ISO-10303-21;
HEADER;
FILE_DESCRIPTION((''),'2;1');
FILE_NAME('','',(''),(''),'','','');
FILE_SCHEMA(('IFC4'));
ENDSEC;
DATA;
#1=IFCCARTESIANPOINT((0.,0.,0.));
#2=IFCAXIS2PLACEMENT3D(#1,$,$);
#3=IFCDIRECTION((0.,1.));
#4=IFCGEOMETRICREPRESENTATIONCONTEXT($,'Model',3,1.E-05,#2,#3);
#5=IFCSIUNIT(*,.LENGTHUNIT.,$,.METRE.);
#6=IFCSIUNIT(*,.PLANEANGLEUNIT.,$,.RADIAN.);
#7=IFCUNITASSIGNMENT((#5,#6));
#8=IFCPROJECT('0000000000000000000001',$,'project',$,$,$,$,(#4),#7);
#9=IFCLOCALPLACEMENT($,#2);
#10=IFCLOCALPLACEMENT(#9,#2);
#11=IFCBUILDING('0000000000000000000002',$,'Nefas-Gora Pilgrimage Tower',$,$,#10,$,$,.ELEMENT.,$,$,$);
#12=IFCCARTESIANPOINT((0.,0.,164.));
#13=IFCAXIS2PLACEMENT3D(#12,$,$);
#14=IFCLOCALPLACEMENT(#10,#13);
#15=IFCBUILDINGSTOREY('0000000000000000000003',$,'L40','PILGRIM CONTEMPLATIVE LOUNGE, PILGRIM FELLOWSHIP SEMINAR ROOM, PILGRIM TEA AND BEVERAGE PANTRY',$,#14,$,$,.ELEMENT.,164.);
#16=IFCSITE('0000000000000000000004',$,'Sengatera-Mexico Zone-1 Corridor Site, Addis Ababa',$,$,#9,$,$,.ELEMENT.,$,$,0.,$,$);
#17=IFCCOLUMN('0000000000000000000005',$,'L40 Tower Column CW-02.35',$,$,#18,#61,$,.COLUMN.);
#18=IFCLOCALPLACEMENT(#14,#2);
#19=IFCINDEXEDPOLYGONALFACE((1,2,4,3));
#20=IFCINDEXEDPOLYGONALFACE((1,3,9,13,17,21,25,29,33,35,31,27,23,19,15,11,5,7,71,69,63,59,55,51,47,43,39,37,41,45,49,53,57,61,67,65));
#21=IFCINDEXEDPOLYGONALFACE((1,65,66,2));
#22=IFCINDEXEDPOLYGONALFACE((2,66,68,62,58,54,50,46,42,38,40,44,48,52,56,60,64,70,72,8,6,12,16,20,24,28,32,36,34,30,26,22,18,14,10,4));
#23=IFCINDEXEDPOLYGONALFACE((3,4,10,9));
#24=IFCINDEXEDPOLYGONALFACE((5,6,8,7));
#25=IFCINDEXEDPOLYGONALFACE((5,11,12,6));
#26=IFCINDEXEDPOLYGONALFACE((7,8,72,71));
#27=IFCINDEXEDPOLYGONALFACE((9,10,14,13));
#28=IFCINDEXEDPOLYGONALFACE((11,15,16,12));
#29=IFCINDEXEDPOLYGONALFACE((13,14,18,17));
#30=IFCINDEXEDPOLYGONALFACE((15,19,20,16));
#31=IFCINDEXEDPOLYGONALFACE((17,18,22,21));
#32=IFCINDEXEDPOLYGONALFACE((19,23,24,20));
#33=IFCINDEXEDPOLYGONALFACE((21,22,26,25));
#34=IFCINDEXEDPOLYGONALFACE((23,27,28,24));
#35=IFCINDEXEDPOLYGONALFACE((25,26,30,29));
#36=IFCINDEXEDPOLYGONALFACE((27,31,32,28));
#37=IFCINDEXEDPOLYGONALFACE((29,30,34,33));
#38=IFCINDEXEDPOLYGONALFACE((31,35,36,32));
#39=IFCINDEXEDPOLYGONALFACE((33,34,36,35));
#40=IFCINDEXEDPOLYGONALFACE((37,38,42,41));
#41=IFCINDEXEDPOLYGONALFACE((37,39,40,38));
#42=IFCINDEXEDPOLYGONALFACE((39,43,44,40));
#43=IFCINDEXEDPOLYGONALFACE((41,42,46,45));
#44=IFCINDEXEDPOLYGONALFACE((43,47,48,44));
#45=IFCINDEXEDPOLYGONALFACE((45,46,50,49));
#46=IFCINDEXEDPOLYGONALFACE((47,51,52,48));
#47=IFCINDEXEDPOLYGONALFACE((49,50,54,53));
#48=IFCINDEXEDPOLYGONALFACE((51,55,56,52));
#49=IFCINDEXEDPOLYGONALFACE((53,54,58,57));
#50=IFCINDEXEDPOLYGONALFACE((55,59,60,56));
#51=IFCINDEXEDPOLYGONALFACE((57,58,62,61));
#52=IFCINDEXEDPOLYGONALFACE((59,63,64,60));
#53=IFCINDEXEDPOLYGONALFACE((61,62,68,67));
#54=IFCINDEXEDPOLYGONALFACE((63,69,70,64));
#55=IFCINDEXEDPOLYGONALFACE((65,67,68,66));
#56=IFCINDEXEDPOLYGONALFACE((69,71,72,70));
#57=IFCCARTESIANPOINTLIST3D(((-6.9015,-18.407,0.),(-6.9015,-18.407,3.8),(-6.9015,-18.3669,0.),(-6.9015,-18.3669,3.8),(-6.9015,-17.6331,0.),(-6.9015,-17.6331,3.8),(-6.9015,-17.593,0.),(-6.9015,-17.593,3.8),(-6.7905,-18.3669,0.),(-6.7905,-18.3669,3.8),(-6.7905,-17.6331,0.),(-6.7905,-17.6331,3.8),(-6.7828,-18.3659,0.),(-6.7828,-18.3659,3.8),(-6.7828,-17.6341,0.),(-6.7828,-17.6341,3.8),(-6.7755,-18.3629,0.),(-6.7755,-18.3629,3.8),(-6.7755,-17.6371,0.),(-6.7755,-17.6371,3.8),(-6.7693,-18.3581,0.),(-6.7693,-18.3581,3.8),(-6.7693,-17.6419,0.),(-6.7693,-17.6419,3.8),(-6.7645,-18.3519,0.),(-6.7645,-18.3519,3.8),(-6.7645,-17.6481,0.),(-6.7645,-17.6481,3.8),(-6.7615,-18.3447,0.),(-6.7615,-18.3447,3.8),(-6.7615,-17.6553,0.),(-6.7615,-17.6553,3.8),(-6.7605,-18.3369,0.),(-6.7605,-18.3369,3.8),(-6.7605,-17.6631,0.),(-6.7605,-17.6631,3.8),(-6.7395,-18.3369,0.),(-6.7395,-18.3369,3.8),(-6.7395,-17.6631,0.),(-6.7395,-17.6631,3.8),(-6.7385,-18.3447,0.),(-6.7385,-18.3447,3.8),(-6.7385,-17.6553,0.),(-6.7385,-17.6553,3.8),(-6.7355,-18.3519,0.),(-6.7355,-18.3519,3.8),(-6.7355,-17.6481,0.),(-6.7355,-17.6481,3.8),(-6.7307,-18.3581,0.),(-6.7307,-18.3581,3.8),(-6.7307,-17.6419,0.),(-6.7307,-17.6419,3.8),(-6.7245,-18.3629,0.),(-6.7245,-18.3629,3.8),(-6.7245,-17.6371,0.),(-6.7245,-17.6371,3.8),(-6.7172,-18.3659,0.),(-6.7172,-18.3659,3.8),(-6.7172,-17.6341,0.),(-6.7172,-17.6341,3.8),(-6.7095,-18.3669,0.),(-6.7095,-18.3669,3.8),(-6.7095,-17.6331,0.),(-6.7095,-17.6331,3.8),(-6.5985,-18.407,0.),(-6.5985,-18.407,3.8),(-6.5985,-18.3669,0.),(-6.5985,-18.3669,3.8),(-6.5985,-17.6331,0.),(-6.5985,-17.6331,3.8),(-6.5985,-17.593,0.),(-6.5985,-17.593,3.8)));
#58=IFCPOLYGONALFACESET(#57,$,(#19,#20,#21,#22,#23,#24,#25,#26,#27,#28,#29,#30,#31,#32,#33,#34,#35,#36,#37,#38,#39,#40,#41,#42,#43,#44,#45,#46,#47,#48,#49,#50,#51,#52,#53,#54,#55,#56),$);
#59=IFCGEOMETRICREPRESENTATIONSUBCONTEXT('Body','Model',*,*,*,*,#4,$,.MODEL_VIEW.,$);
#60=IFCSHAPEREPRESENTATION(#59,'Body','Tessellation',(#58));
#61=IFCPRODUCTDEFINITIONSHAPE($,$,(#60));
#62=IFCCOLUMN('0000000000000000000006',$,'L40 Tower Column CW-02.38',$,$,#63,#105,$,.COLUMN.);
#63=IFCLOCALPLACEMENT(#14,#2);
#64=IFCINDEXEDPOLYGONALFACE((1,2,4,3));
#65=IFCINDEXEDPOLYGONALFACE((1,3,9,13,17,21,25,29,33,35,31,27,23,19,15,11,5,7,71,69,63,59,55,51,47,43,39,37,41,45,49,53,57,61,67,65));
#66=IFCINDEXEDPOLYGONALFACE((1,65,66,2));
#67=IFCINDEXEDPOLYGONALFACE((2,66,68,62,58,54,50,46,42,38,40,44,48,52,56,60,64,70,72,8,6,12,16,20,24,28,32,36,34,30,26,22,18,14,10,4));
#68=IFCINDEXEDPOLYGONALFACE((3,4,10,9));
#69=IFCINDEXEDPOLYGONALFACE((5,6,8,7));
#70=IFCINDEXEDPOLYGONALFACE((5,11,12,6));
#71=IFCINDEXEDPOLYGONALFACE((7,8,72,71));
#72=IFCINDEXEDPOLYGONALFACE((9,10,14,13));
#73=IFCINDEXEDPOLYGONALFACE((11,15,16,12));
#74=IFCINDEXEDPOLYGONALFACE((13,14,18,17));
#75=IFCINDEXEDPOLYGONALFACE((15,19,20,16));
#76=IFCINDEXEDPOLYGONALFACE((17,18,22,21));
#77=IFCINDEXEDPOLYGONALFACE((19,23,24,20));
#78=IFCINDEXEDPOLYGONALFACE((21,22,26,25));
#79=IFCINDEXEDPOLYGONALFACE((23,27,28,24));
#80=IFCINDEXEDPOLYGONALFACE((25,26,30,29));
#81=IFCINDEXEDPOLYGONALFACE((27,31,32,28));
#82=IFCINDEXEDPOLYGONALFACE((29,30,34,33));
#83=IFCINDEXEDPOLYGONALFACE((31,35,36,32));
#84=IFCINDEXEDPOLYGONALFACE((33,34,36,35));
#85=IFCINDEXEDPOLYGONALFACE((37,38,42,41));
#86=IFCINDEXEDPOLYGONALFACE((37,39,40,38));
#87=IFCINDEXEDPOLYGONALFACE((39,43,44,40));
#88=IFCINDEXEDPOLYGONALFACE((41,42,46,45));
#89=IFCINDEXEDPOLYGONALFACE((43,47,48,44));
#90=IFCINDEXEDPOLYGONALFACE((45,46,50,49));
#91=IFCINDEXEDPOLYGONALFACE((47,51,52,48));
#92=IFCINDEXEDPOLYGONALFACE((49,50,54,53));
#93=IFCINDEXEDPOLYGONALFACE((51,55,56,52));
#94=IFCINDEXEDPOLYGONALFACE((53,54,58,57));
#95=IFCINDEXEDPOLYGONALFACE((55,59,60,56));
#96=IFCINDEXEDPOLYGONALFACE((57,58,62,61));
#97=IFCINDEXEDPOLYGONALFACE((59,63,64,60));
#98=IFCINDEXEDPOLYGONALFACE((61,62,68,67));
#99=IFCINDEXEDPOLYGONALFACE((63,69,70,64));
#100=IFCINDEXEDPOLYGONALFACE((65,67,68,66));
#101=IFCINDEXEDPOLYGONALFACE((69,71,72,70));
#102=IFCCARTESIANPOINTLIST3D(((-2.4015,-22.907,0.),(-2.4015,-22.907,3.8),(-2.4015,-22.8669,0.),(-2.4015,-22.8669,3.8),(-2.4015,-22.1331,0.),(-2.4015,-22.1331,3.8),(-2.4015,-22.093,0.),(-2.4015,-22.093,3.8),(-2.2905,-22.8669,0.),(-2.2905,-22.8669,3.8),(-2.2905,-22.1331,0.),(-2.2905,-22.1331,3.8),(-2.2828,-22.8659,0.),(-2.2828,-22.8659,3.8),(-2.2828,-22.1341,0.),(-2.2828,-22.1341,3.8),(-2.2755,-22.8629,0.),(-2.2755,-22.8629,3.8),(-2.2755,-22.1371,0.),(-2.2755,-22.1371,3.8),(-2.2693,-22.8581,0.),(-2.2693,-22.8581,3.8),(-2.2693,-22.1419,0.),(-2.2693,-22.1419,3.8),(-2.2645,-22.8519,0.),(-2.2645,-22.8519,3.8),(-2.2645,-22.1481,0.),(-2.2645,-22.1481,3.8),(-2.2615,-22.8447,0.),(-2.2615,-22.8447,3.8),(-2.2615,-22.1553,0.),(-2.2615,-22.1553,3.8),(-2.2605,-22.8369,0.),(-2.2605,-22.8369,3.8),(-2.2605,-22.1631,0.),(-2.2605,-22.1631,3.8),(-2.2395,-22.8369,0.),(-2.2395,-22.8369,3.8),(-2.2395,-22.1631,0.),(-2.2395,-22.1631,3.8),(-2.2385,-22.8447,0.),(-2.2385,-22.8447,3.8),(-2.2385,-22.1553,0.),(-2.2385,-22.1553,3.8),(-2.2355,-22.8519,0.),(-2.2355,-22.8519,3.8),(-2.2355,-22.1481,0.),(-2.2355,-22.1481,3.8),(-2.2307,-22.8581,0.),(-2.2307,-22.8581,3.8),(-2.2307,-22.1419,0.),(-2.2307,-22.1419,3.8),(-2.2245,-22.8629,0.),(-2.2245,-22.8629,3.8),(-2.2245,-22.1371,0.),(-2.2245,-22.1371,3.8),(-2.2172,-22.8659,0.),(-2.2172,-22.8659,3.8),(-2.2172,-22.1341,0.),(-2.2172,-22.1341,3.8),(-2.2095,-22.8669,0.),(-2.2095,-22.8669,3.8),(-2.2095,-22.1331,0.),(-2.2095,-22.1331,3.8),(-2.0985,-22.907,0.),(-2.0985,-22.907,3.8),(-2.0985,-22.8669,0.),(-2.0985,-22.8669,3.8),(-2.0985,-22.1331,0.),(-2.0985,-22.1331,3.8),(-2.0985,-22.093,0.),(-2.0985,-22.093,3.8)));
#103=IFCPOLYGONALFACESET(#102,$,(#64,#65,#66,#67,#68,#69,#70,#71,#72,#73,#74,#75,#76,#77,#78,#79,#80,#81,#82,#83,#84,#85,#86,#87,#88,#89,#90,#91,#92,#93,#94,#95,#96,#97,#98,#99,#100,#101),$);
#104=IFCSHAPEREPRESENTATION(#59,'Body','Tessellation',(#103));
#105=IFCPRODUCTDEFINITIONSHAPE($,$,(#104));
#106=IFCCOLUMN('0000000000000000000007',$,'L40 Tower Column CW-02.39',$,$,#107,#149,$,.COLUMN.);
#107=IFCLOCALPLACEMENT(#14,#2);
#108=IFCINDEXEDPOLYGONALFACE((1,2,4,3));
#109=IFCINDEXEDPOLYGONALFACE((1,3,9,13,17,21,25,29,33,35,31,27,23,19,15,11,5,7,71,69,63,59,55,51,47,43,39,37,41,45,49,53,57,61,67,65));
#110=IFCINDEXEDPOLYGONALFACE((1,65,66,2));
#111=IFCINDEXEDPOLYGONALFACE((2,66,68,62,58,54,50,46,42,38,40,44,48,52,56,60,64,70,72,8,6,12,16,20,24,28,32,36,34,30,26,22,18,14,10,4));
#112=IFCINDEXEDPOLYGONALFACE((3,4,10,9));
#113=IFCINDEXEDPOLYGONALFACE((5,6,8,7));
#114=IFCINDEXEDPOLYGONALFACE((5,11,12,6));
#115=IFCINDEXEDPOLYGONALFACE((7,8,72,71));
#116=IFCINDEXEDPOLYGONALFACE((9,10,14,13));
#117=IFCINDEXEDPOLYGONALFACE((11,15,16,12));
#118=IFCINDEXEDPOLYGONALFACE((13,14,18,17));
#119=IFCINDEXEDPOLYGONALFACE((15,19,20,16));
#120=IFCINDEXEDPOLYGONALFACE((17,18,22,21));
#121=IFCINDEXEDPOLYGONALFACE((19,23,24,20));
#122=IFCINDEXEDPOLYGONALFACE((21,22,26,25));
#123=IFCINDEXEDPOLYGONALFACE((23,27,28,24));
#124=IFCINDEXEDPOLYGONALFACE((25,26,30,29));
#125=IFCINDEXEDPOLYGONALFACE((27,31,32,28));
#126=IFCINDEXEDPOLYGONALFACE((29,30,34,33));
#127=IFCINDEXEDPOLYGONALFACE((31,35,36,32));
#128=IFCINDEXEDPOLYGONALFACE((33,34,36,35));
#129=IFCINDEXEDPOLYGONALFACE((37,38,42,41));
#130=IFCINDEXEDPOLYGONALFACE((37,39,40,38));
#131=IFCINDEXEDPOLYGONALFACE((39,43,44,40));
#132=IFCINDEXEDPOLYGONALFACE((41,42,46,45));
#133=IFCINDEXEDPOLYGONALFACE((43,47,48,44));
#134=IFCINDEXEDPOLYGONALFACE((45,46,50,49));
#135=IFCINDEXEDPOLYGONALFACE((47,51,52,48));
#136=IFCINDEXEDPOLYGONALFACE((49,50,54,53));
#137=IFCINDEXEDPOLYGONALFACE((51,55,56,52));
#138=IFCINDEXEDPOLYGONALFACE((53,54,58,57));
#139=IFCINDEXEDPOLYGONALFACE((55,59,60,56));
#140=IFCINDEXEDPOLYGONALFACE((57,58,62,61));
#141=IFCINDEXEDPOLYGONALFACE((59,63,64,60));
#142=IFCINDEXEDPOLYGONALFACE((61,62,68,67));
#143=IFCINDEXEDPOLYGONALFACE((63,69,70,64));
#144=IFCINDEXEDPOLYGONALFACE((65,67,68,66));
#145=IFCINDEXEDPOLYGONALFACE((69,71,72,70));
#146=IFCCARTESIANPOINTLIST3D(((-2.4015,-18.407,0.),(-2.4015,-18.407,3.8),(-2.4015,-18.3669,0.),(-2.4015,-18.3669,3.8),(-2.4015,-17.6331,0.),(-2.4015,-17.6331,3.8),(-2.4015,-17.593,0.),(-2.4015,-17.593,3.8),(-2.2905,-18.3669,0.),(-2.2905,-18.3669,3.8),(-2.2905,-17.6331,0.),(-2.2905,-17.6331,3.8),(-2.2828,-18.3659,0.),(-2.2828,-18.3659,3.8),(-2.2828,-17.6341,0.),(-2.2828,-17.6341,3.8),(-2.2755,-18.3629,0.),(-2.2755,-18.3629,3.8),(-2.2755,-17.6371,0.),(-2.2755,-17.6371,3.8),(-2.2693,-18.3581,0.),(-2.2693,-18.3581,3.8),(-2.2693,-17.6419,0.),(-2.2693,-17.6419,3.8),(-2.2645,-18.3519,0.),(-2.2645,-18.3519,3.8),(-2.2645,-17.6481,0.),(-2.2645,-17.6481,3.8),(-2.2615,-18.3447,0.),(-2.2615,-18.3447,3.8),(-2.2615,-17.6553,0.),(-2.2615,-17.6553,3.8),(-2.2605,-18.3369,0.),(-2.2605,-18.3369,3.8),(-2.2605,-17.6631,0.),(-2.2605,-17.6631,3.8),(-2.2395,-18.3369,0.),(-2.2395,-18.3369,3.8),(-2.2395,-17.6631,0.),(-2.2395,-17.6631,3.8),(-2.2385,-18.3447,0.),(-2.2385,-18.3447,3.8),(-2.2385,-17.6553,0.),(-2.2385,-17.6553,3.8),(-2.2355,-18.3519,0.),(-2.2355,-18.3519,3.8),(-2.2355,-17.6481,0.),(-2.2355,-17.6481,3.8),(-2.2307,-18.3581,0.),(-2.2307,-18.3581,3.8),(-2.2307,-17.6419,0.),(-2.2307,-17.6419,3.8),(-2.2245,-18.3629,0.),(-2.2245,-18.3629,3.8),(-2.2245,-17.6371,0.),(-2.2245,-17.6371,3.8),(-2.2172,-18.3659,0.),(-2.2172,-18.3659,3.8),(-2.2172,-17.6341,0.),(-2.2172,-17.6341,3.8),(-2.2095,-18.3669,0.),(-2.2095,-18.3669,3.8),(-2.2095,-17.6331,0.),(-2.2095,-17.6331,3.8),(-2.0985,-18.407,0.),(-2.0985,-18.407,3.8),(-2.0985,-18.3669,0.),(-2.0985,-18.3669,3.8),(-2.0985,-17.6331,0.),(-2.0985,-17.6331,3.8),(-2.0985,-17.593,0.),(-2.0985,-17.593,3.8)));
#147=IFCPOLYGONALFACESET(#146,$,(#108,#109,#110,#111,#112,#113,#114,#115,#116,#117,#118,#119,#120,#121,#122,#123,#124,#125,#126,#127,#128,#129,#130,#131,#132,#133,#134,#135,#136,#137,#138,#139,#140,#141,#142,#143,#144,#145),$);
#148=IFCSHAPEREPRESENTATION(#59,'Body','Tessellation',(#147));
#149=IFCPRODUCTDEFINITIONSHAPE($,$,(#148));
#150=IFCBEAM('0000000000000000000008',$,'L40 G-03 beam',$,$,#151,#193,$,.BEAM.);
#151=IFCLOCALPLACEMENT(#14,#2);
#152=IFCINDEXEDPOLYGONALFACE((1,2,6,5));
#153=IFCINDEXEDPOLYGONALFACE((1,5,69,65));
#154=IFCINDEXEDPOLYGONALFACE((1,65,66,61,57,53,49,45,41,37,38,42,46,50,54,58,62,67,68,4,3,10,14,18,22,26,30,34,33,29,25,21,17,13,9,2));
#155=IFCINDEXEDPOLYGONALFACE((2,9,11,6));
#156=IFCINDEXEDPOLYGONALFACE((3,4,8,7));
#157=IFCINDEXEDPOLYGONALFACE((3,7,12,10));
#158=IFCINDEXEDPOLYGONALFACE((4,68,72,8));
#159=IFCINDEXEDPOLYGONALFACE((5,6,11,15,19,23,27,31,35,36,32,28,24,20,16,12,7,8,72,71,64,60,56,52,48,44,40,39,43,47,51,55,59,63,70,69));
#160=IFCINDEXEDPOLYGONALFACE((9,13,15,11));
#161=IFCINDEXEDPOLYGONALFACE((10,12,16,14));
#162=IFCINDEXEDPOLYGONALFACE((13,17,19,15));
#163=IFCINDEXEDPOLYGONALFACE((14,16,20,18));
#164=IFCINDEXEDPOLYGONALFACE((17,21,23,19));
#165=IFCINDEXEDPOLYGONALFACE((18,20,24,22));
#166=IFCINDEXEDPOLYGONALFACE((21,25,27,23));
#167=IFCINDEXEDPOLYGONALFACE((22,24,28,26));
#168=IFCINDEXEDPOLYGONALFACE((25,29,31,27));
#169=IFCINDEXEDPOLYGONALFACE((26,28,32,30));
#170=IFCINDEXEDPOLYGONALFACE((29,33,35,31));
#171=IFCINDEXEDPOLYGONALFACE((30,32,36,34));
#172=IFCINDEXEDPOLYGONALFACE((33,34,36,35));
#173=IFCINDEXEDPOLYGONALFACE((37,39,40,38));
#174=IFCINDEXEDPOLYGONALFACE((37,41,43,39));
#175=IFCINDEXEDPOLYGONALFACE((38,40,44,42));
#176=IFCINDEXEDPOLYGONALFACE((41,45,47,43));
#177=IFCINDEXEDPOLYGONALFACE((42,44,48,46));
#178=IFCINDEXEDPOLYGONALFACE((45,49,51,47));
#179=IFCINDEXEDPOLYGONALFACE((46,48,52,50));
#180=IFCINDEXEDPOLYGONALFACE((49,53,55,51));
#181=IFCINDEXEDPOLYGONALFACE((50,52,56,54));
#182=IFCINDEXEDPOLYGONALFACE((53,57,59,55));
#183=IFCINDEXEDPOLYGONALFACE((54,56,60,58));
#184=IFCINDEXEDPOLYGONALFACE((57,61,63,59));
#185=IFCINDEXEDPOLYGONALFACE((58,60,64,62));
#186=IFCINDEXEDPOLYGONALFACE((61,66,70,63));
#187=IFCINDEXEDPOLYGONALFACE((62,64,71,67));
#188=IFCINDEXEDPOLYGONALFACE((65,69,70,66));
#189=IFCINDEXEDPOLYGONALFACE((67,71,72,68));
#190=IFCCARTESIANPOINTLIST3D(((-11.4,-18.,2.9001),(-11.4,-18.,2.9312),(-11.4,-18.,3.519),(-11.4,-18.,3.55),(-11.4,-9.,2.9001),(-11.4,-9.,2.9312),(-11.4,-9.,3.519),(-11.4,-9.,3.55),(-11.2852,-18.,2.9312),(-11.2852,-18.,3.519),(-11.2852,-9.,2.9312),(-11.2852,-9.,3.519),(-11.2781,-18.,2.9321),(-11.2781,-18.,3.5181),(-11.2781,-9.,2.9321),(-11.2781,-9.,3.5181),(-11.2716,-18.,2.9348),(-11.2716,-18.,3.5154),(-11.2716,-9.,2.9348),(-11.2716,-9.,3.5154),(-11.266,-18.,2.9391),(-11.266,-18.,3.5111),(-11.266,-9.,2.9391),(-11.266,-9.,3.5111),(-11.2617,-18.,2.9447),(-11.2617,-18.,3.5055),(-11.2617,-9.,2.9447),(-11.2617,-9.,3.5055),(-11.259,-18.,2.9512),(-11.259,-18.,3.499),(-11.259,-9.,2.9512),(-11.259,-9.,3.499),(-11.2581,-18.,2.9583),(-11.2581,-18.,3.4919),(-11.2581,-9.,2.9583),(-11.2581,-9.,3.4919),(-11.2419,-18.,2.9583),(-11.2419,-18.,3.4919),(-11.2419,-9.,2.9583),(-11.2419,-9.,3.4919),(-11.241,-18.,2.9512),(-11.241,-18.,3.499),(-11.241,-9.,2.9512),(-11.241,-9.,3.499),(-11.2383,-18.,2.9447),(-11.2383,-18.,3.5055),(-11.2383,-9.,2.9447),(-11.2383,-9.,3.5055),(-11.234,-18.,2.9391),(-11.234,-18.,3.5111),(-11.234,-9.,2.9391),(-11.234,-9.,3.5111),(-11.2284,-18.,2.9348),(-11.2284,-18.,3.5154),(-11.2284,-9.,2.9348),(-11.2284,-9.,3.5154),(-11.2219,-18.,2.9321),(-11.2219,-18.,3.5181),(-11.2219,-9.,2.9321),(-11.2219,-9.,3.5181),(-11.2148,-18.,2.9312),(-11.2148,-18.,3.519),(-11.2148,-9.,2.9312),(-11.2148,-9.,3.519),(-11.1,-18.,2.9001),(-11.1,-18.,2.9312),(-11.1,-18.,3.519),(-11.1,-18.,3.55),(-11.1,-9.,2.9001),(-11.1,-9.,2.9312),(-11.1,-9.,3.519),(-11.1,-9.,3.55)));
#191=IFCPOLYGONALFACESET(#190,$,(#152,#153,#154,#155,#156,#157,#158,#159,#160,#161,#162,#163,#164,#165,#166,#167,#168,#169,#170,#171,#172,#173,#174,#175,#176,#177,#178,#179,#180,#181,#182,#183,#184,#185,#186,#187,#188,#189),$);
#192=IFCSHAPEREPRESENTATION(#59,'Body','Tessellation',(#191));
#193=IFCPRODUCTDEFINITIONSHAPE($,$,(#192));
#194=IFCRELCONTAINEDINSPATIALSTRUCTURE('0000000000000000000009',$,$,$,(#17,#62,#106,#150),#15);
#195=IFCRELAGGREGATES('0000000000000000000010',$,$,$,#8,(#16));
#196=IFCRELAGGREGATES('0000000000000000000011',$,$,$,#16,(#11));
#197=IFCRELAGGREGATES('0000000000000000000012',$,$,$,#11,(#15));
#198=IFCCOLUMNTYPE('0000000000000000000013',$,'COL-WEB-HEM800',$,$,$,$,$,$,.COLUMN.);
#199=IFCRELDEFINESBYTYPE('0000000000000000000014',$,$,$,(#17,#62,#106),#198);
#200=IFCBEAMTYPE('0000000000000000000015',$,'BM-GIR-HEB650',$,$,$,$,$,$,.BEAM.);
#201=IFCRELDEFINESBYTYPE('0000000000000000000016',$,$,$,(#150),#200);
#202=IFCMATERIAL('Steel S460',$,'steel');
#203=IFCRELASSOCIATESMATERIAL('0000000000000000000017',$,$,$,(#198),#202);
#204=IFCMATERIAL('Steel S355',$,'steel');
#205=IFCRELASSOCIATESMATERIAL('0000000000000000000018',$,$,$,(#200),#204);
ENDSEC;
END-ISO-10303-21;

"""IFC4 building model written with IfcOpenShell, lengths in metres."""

from ifc_helpers import new_model, si_unit, direction, frame, origin, origin_2d, place, context, subcontext, project, spatial, i_section, extrude, source, transform, mapped, material, material_profile, profile_set, type_object, element, save


model = new_model("IFC4")

# Units and contexts
model_context = context("Model", 3, precision=1e-05, world=origin(), true_north=direction((0.0, 1.0)))
body_context = subcontext(model_context, "Body", "Model", "MODEL_VIEW")
ifc_project = project(units=[si_unit("LENGTHUNIT", "METRE"), si_unit("PLANEANGLEUNIT", "RADIAN")], contexts=[model_context])

# Site, building, storey
site_placement = place(None, origin())
site = spatial("IfcSite", under=ifc_project, at=site_placement, Name="Sengatera-Mexico Zone-1 Corridor Site, Addis Ababa", CompositionType="ELEMENT", RefElevation=0.0)
building_placement = place(site_placement, origin())
building = spatial("IfcBuilding", under=site, at=building_placement, Name="Nefas-Gora Pilgrimage Tower", CompositionType="ELEMENT")
storey_placement = place(building_placement, frame((0.0, 0.0, 164.0)))
storey = spatial("IfcBuildingStorey", under=building, at=storey_placement, Name="L40", Description="PILGRIM CONTEMPLATIVE LOUNGE, PILGRIM FELLOWSHIP SEMINAR ROOM, PILGRIM TEA AND BEVERAGE PANTRY", CompositionType="ELEMENT", Elevation=164.0)

# Columns
ifc_material_1 = material(Name="Steel S460", Category="steel")
ifc_material_profile_1 = material_profile(ifc_material_1, i_section(OverallWidth=0.303, OverallDepth=0.814, WebThickness=0.021, FlangeThickness=0.04, FilletRadius=0.03, at=origin_2d()), Name="HEM 800")
ifc_profile_set_1 = profile_set([ifc_material_profile_1], Name="Steel S460")
column_type_1 = type_object("IfcColumnType", Name="COL-WEB-HEM800", PredefinedType="COLUMN", material=ifc_profile_set_1)
shared_shape_1 = source(origin(), body_context, "Body", "SweptSolid", [
    extrude(i_section(OverallWidth=0.303, OverallDepth=0.814, WebThickness=0.021, FlangeThickness=0.04, FilletRadius=0.03, at=origin_2d()), origin(), (0.0, 0.0, 1.0), 3.8),
])
for number, where, z_axis, x_axis, name in (
    (1, (-6.75, -18.0, 0.0), (0.0, 0.0, 1.0), (1.0, 0.0, 0.0), "L40 Tower Column CW-02.35"),
    (2, (-2.25, -22.5, 0.0), (0.0, 0.0, 1.0), (1.0, 0.0, 0.0), "L40 Tower Column CW-02.38"),
    (3, (-2.25, -18.0, 0.0), (0.0, 0.0, 1.0), (1.0, 0.0, 0.0), "L40 Tower Column CW-02.39"),
):
    element("IfcColumn", number, at=place(storey_placement, frame(where, z_axis=z_axis, x_axis=x_axis)), inside=storey, type_object=column_type_1, Name=name, PredefinedType="COLUMN", context=body_context, shape_type="MappedRepresentation", body=[
        mapped(shared_shape_1, transform((0.0, 0.0, 0.0), x_axis=(1.0, 0.0, 0.0), y_axis=(0.0, 1.0, 0.0), z_axis=(0.0, 0.0, 1.0), scale=1.0)),
    ])

# Beam
ifc_material_2 = material(Name="Steel S355", Category="steel")
ifc_material_profile_2 = material_profile(ifc_material_2, i_section(OverallWidth=0.3, OverallDepth=0.6499, WebThickness=0.0161, FlangeThickness=0.031, FilletRadius=0.0271, at=origin_2d()), Name="HEB 650")
ifc_profile_set_2 = profile_set([ifc_material_profile_2], Name="Steel S355")
beam_type = type_object("IfcBeamType", Name="BM-GIR-HEB650", PredefinedType="BEAM", material=ifc_profile_set_2)
shared_shape_2 = source(origin(), body_context, "Body", "SweptSolid", [
    extrude(i_section(OverallWidth=0.3, OverallDepth=0.6499, WebThickness=0.0161, FlangeThickness=0.031, FilletRadius=0.0271, at=origin_2d()), origin(), (0.0, 0.0, 1.0), 9.0),
])
beam_placement = place(storey_placement, frame((-11.25, -18.0, 3.2251), z_axis=(0.0, 1.0, 0.0), x_axis=(-1.0, 0.0, 0.0)))
element("IfcBeam", 4, at=beam_placement, inside=storey, type_object=beam_type, Name="L40 G-03 beam", PredefinedType="BEAM", context=body_context, shape_type="MappedRepresentation", body=[
    mapped(shared_shape_2, transform((0.0, 0.0, 0.0), x_axis=(1.0, 0.0, 0.0), y_axis=(0.0, 1.0, 0.0), z_axis=(0.0, 0.0, 1.0), scale=1.0)),
])

save(model, "model.ifc")
